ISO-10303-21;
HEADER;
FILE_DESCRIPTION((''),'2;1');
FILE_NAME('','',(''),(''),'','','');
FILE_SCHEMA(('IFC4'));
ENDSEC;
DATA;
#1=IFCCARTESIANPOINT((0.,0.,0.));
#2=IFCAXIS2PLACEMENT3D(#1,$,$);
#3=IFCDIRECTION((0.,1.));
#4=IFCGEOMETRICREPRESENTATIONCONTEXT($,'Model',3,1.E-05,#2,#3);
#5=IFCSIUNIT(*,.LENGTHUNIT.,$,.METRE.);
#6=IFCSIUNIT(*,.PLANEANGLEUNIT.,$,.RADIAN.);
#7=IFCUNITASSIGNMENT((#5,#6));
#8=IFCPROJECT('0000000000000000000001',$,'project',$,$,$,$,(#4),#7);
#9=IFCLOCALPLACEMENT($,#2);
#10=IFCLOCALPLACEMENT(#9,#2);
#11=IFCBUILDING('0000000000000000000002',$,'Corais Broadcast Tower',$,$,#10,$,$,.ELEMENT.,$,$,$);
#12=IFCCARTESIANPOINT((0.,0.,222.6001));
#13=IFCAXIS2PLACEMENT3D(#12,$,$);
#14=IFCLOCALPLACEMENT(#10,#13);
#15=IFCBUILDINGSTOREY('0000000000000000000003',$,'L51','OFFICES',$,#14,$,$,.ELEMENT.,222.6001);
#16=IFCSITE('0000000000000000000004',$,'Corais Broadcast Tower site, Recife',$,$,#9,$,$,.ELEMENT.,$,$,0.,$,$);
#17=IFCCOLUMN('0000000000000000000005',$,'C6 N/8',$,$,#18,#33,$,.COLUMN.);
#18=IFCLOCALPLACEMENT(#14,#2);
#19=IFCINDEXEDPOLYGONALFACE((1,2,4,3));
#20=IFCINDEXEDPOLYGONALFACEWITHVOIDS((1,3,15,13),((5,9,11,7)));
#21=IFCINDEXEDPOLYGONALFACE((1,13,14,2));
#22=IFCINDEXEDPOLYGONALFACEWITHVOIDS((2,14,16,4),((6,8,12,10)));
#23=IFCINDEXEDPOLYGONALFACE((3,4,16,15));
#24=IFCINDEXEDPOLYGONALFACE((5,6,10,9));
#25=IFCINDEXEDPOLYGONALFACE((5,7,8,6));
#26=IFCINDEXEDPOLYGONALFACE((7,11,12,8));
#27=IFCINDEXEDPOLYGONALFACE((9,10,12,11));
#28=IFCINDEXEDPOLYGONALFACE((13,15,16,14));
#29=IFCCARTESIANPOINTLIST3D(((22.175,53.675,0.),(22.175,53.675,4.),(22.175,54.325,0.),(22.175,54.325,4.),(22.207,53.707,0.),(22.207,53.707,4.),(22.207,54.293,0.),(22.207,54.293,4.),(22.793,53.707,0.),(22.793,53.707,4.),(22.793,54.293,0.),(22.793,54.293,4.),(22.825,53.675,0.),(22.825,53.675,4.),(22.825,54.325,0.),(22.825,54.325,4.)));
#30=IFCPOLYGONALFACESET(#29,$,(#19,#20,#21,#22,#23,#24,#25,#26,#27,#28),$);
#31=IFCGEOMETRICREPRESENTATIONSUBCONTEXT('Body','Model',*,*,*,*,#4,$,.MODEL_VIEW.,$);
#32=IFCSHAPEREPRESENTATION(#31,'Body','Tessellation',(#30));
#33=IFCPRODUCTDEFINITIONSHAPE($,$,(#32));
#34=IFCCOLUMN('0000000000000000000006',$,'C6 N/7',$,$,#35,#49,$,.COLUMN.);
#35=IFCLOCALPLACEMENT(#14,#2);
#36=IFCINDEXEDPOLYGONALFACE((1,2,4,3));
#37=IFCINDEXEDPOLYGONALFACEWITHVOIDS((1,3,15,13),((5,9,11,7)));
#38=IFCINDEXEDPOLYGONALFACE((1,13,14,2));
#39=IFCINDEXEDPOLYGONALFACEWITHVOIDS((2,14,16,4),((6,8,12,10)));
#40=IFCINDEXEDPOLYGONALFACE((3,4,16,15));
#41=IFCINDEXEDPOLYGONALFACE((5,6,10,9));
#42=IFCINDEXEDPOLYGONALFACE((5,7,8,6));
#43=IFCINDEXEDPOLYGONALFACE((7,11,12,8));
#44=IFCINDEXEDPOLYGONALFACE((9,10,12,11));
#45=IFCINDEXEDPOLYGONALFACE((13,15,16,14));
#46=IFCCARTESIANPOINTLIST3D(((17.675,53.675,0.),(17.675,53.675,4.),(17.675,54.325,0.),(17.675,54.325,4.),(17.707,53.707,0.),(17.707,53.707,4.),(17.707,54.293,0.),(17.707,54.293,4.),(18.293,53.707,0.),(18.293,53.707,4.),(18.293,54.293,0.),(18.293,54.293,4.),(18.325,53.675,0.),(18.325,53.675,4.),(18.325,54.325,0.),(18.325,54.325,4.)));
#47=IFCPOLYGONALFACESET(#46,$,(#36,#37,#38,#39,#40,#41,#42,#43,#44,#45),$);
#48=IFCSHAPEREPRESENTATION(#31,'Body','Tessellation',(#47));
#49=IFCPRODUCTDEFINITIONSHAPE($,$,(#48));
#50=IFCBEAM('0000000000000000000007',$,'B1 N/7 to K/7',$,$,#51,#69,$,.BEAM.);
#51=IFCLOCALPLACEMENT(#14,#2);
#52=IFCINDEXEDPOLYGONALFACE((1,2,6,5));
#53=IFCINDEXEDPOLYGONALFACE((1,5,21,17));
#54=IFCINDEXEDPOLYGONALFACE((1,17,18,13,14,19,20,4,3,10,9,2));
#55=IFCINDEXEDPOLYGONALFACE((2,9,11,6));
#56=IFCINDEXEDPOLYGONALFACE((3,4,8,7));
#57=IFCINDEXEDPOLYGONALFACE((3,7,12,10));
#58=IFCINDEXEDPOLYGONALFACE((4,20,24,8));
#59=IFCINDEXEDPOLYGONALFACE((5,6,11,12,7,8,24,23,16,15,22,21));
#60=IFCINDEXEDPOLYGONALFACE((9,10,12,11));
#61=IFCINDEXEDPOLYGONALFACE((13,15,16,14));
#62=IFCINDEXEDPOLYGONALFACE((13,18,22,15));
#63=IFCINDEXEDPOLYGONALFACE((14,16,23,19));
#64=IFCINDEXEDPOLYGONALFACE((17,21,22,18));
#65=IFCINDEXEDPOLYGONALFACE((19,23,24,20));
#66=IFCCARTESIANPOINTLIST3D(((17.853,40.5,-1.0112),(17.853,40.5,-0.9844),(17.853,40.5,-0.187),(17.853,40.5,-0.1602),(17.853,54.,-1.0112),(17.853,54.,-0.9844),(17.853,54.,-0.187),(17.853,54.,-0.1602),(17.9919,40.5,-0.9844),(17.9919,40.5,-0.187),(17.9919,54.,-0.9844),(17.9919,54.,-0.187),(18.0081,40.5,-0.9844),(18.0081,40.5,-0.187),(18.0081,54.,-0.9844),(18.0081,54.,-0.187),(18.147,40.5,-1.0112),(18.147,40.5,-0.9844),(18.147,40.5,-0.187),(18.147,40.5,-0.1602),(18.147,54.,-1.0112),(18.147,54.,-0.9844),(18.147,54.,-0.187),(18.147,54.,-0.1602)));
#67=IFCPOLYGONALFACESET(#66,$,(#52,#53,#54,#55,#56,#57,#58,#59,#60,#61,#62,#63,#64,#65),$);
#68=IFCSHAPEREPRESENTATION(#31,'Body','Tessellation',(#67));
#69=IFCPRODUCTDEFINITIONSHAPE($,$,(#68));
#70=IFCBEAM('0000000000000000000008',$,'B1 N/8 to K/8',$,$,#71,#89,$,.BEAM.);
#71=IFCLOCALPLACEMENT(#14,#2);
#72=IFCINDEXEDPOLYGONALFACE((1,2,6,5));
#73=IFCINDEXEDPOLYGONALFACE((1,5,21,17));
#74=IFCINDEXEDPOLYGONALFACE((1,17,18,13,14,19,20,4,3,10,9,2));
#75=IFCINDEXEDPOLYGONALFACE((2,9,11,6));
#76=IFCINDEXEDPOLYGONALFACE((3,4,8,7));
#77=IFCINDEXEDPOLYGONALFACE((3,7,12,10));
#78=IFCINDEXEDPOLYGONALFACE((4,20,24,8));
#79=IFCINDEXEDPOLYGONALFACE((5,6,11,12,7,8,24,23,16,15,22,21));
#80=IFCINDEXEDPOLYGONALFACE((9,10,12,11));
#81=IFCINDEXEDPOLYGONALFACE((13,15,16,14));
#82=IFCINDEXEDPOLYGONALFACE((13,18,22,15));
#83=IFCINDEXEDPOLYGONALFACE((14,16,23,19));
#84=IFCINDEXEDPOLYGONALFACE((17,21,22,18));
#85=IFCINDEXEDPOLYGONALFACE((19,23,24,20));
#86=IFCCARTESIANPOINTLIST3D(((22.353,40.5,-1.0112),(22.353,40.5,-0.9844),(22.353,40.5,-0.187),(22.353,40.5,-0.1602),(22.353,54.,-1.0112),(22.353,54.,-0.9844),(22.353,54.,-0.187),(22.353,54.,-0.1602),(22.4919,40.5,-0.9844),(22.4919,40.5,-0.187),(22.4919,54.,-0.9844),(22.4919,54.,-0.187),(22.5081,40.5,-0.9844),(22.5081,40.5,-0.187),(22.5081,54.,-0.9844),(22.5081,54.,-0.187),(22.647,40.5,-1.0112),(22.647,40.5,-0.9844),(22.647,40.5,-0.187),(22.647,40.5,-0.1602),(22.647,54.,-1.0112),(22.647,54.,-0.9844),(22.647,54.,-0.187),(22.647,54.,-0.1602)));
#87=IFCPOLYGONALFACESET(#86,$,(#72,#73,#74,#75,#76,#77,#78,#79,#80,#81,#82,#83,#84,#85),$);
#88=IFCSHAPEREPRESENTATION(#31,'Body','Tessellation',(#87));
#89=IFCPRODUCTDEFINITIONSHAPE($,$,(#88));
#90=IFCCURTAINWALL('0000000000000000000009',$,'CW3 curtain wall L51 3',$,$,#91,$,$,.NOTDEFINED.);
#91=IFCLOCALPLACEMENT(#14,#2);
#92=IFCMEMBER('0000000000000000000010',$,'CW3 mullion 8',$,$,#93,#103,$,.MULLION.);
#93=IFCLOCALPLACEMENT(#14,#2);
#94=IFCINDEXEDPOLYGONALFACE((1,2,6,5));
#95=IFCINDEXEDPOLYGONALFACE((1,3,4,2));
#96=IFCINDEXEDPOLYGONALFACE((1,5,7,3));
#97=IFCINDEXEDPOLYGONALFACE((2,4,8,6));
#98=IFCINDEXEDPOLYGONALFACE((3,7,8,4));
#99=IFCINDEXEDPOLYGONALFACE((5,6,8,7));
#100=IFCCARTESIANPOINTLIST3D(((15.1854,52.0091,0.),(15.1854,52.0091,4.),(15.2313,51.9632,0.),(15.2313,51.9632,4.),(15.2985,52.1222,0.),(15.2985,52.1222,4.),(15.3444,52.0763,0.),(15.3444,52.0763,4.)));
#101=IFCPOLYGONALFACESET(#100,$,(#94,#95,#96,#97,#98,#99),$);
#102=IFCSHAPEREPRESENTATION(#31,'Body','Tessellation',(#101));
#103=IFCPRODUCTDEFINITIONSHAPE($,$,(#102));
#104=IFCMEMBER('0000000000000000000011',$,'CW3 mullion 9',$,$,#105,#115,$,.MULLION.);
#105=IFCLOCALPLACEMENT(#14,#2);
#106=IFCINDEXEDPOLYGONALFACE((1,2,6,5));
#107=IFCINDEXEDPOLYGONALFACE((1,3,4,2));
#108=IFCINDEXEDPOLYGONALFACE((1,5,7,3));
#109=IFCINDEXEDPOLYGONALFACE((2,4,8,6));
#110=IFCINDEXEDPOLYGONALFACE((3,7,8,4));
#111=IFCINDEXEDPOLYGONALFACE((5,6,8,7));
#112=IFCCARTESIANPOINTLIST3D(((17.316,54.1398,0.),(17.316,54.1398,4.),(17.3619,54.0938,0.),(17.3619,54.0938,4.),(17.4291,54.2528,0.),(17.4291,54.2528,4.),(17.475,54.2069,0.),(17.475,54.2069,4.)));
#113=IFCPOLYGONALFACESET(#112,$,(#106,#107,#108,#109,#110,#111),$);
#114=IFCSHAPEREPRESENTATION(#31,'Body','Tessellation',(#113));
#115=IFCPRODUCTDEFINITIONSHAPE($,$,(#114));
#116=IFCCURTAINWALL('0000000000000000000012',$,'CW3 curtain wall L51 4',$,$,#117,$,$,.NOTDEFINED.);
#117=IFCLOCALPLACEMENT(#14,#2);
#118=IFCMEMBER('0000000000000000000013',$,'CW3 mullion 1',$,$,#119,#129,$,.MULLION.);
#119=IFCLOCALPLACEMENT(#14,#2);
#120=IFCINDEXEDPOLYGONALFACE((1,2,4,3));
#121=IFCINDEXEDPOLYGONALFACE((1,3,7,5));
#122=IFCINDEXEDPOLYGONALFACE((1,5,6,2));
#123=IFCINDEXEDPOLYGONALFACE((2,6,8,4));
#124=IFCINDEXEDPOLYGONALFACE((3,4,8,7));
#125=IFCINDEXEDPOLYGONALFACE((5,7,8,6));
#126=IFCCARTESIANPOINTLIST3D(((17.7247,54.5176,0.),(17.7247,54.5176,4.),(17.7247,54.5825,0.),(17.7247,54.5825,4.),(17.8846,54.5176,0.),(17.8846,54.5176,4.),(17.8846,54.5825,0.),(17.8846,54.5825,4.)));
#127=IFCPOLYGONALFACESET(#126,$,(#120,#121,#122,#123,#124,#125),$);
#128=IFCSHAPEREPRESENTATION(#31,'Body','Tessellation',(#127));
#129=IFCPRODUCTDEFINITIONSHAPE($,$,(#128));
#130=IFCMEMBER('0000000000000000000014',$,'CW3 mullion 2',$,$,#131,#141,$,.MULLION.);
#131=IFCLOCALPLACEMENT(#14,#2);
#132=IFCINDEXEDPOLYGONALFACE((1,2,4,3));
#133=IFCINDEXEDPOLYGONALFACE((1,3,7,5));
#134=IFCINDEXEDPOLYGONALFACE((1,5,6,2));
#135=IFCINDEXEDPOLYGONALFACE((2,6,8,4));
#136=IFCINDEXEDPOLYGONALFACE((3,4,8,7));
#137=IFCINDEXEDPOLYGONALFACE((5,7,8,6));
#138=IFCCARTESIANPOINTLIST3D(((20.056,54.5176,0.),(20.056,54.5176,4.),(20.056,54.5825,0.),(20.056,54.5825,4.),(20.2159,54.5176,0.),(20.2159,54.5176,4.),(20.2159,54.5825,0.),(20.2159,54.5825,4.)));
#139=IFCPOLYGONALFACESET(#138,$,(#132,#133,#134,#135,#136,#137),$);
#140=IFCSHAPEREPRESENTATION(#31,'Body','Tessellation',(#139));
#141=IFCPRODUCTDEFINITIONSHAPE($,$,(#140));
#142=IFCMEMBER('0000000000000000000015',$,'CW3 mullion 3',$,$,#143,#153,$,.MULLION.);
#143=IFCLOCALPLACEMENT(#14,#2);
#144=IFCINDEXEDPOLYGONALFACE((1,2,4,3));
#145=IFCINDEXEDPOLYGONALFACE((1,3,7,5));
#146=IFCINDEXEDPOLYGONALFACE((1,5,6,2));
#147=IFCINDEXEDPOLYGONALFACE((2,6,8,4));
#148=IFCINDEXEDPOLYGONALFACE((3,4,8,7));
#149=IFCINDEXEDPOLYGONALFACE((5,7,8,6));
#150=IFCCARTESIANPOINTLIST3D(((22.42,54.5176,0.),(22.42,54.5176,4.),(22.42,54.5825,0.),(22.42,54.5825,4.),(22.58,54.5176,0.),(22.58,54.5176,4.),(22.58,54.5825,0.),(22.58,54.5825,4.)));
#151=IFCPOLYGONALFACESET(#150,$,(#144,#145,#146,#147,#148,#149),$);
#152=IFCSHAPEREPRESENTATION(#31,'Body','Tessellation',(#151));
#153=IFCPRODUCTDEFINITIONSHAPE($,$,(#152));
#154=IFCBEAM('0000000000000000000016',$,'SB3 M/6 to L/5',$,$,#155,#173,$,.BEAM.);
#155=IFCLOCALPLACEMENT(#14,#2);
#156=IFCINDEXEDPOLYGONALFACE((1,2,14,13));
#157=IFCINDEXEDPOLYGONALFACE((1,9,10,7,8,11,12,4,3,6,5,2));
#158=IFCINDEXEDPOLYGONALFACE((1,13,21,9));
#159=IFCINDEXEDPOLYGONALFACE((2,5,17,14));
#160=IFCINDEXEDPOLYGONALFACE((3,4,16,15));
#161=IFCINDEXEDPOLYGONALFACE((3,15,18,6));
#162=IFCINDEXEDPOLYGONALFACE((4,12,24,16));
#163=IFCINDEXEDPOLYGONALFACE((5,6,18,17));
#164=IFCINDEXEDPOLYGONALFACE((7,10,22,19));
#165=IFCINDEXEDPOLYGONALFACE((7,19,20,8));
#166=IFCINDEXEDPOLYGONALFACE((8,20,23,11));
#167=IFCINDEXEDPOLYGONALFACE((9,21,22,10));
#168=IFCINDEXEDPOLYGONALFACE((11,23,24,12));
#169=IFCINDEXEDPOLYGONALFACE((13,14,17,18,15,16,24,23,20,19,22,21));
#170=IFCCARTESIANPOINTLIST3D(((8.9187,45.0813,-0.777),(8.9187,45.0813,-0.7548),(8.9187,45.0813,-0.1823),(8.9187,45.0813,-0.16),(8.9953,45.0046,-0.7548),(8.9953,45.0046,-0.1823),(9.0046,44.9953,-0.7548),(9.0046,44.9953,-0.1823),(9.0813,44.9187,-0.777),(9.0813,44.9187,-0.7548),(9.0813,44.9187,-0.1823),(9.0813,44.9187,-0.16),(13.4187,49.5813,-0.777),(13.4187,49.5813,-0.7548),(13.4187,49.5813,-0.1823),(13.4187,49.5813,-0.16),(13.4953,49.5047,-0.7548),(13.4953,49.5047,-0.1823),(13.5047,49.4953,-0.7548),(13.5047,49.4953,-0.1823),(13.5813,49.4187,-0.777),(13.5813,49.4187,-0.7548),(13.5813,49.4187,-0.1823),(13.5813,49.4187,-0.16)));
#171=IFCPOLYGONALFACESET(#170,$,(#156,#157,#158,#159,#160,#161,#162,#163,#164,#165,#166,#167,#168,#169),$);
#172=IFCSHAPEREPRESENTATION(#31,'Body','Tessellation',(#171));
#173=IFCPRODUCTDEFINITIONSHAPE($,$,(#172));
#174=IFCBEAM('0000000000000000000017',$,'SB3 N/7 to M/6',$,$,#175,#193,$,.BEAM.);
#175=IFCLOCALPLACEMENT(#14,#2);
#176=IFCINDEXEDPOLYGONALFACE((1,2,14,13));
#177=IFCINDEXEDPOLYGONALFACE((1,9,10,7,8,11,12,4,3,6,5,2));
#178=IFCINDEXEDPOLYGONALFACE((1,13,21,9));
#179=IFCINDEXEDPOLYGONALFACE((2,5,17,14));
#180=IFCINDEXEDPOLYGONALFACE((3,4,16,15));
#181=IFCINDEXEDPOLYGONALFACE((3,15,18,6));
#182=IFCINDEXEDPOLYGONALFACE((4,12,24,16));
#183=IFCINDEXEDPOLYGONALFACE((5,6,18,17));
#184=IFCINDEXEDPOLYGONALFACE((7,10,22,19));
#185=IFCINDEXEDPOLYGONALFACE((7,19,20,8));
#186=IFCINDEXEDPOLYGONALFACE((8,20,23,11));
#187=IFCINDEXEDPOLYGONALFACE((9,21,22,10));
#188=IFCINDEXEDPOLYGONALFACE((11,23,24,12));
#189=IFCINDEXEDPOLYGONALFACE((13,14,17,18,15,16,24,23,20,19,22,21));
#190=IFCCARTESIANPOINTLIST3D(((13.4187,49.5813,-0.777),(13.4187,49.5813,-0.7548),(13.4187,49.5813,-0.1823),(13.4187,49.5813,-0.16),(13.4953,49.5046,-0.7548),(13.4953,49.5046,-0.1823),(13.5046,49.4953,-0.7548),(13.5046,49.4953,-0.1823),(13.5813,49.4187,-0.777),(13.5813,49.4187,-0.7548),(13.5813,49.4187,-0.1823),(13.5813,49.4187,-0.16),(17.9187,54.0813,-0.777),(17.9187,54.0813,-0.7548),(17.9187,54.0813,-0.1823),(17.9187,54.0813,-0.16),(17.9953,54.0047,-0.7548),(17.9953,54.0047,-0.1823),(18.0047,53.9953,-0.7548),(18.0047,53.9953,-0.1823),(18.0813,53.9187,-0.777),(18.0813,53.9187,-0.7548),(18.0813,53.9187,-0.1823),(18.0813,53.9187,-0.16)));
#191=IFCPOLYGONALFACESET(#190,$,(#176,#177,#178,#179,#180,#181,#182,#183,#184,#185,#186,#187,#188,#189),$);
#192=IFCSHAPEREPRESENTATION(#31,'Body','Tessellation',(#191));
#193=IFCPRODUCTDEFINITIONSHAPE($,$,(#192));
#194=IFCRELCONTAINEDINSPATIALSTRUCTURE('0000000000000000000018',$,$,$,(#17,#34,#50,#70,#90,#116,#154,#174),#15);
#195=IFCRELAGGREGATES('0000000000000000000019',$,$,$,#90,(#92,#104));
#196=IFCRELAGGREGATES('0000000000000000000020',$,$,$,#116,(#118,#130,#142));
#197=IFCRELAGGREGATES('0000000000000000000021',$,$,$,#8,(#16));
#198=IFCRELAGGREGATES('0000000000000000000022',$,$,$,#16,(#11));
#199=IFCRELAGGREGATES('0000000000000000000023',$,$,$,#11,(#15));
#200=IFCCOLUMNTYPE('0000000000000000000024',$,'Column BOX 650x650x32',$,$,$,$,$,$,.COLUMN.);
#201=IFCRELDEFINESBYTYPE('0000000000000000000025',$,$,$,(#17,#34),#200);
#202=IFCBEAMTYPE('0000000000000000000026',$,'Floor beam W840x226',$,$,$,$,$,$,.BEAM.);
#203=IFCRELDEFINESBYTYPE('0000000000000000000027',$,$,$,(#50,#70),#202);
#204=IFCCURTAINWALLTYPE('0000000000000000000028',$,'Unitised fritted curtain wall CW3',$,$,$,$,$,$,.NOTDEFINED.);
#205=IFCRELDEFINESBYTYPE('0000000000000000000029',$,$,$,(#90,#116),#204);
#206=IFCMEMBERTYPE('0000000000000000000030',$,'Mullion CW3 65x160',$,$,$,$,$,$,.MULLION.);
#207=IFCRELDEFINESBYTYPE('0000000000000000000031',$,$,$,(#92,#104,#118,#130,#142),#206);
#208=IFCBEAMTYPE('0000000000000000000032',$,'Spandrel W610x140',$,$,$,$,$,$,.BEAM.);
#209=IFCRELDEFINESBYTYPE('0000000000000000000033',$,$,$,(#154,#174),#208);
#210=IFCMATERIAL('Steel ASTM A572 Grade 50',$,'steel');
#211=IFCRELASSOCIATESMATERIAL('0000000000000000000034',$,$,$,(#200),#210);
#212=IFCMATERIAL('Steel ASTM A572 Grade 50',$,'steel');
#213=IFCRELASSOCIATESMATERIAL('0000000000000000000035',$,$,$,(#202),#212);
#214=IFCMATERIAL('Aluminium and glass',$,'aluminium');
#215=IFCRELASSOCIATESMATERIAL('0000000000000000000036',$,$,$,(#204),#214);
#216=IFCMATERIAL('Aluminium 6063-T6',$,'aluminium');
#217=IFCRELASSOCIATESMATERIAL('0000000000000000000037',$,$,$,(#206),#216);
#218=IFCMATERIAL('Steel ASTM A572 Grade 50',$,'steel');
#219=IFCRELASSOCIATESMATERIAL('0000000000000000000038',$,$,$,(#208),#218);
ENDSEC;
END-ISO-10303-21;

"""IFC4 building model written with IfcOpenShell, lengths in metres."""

from ifc_helpers import new_model, si_unit, direction, frame, origin, origin_2d, place, context, subcontext, project, spatial, rectangle, hollow_rectangle, i_section, extrude, material, material_profile, profile_set, type_object, element, aggregate, save


model = new_model("IFC4")

# Units and contexts
model_context = context("Model", 3, precision=1e-05, world=origin(), true_north=direction((0.0, 1.0)))
body_context = subcontext(model_context, "Body", "Model", "MODEL_VIEW")
ifc_project = project(units=[si_unit("LENGTHUNIT", "METRE"), si_unit("PLANEANGLEUNIT", "RADIAN")], contexts=[model_context])

# Site, building, storey
site_placement = place(None, origin())
site = spatial("IfcSite", under=ifc_project, at=site_placement, Name="Corais Broadcast Tower site, Recife", CompositionType="ELEMENT", RefElevation=0.0)
building_placement = place(site_placement, origin())
building = spatial("IfcBuilding", under=site, at=building_placement, Name="Corais Broadcast Tower", CompositionType="ELEMENT")
storey_placement = place(building_placement, frame((0.0, 0.0, 222.6001)))
storey = spatial("IfcBuildingStorey", under=building, at=storey_placement, Name="L51", Description="OFFICES", CompositionType="ELEMENT", Elevation=222.6001)

# Columns
ifc_material_1 = material(Name="Steel ASTM A572 Grade 50", Category="steel")
ifc_material_profile_1 = material_profile(ifc_material_1, hollow_rectangle(XDim=0.6499, YDim=0.6499, WallThickness=0.032, at=origin_2d()), Name="BOX 650x650x32")
ifc_profile_set_1 = profile_set([ifc_material_profile_1], Name="Steel ASTM A572 Grade 50")
column_type = type_object("IfcColumnType", Name="Column BOX 650x650x32", PredefinedType="COLUMN", material=ifc_profile_set_1)
for number, where, z_axis, x_axis, name in (
    (1, (22.5, 54.0, 0.0), (0.0, 0.0, 1.0), (1.0, 0.0, 0.0), "C6 N/8"),
    (2, (18.0, 54.0, 0.0), (0.0, 0.0, 1.0), (1.0, 0.0, 0.0), "C6 N/7"),
):
    element("IfcColumn", number, at=place(storey_placement, frame(where, z_axis=z_axis, x_axis=x_axis)), inside=storey, type_object=column_type, Name=name, PredefinedType="COLUMN", context=body_context, shape_type="SweptSolid", body=[
        extrude(hollow_rectangle(XDim=0.6499, YDim=0.6499, WallThickness=0.032, at=origin_2d()), origin(), (0.0, 0.0, 1.0), 4.0),
    ])

# Beams
ifc_material_2 = material(Name="Steel ASTM A572 Grade 50", Category="steel")
ifc_material_profile_2 = material_profile(ifc_material_2, i_section(OverallWidth=0.2939, OverallDepth=0.8511, WebThickness=0.0161, FlangeThickness=0.0269, at=origin_2d()), Name="W840x226")
ifc_profile_set_2 = profile_set([ifc_material_profile_2], Name="Steel ASTM A572 Grade 50")
beam_type_1 = type_object("IfcBeamType", Name="Floor beam W840x226", PredefinedType="BEAM", material=ifc_profile_set_2)
for number, where, z_axis, x_axis, name in (
    (3, (18.0, 54.0, -0.5857), (0.0, -1.0, 0.0), (1.0, 0.0, 0.0), "B1 N/7 to K/7"),
    (4, (22.5, 54.0, -0.5857), (0.0, -1.0, 0.0), (1.0, 0.0, 0.0), "B1 N/8 to K/8"),
):
    element("IfcBeam", number, at=place(storey_placement, frame(where, z_axis=z_axis, x_axis=x_axis)), inside=storey, type_object=beam_type_1, Name=name, PredefinedType="BEAM", context=body_context, shape_type="SweptSolid", body=[
        extrude(i_section(OverallWidth=0.2939, OverallDepth=0.8511, WebThickness=0.0161, FlangeThickness=0.0269, at=origin_2d()), origin(), (0.0, 0.0, 1.0), 13.5),
    ])

# Curtain walls, members
ifc_material_3 = material(Name="Aluminium and glass", Category="aluminium")
curtain_wall_type = type_object("IfcCurtainWallType", Name="Unitised fritted curtain wall CW3", PredefinedType="NOTDEFINED", material=ifc_material_3)
curtain_wall_1_placement = place(storey_placement, origin())
curtain_wall_1 = element("IfcCurtainWall", 5, at=curtain_wall_1_placement, inside=storey, type_object=curtain_wall_type, Name="CW3 curtain wall L51 3", PredefinedType="NOTDEFINED")
ifc_material_4 = material(Name="Aluminium 6063-T6", Category="aluminium")
ifc_material_profile_3 = material_profile(ifc_material_4, rectangle(XDim=0.0649, YDim=0.1599, at=origin_2d()), Name="Mullion CW3 65x160")
ifc_profile_set_3 = profile_set([ifc_material_profile_3], Name="Aluminium 6063-T6")
member_type_1 = type_object("IfcMemberType", Name="Mullion CW3 65x160", PredefinedType="MULLION", material=ifc_profile_set_3)
member_1_placement = place(storey_placement, frame((15.2649, 52.0427, 0.0), z_axis=(0.0, 0.0, 1.0), x_axis=(-0.707107, 0.707107, 0.0)))
member_1 = element("IfcMember", 6, at=member_1_placement, type_object=member_type_1, Name="CW3 mullion 8", PredefinedType="MULLION", context=body_context, shape_type="SweptSolid", body=[
    extrude(rectangle(XDim=0.0649, YDim=0.1599, at=origin_2d()), origin(), (0.0, 0.0, 1.0), 4.0),
])
member_2_placement = place(storey_placement, frame((17.3955, 54.1733, 0.0), z_axis=(0.0, 0.0, 1.0), x_axis=(-0.707107, 0.707107, 0.0)))
member_2 = element("IfcMember", 7, at=member_2_placement, type_object=member_type_1, Name="CW3 mullion 9", PredefinedType="MULLION", context=body_context, shape_type="SweptSolid", body=[
    extrude(rectangle(XDim=0.0649, YDim=0.1599, at=origin_2d()), origin(), (0.0, 0.0, 1.0), 4.0),
])
curtain_wall_2_placement = place(storey_placement, origin())
curtain_wall_2 = element("IfcCurtainWall", 8, at=curtain_wall_2_placement, inside=storey, type_object=curtain_wall_type, Name="CW3 curtain wall L51 4", PredefinedType="NOTDEFINED")
member_3_placement = place(storey_placement, frame((17.8047, 54.55, 0.0), z_axis=(0.0, 0.0, 1.0), x_axis=(0.0, 1.0, 0.0)))
member_3 = element("IfcMember", 9, at=member_3_placement, type_object=member_type_1, Name="CW3 mullion 1", PredefinedType="MULLION", context=body_context, shape_type="SweptSolid", body=[
    extrude(rectangle(XDim=0.0649, YDim=0.1599, at=origin_2d()), origin(), (0.0, 0.0, 1.0), 4.0),
])
member_4_placement = place(storey_placement, frame((20.136, 54.55, 0.0), z_axis=(0.0, 0.0, 1.0), x_axis=(0.0, 1.0, 0.0)))
member_4 = element("IfcMember", 10, at=member_4_placement, type_object=member_type_1, Name="CW3 mullion 2", PredefinedType="MULLION", context=body_context, shape_type="SweptSolid", body=[
    extrude(rectangle(XDim=0.0649, YDim=0.1599, at=origin_2d()), origin(), (0.0, 0.0, 1.0), 4.0),
])
member_5_placement = place(storey_placement, frame((22.5, 54.55, 0.0), z_axis=(0.0, 0.0, 1.0), x_axis=(0.0, 1.0, 0.0)))
member_5 = element("IfcMember", 11, at=member_5_placement, type_object=member_type_1, Name="CW3 mullion 3", PredefinedType="MULLION", context=body_context, shape_type="SweptSolid", body=[
    extrude(rectangle(XDim=0.0649, YDim=0.1599, at=origin_2d()), origin(), (0.0, 0.0, 1.0), 4.0),
])

# Beams
ifc_material_5 = material(Name="Steel ASTM A572 Grade 50", Category="steel")
ifc_material_profile_4 = material_profile(ifc_material_5, i_section(OverallWidth=0.23, OverallDepth=0.6169, WebThickness=0.0132, FlangeThickness=0.0222, at=origin_2d()), Name="W610x140")
ifc_profile_set_4 = profile_set([ifc_material_profile_4], Name="Steel ASTM A572 Grade 50")
beam_type_2 = type_object("IfcBeamType", Name="Spandrel W610x140", PredefinedType="BEAM", material=ifc_profile_set_4)
for number, where, z_axis, x_axis, name in (
    (12, (13.5, 49.5, -0.4685), (-0.707107, -0.707107, 0.0), (0.707107, -0.707107, 0.0), "SB3 M/6 to L/5"),
    (13, (18.0, 54.0, -0.4685), (-0.707107, -0.707107, 0.0), (0.707107, -0.707107, 0.0), "SB3 N/7 to M/6"),
):
    element("IfcBeam", number, at=place(storey_placement, frame(where, z_axis=z_axis, x_axis=x_axis)), inside=storey, type_object=beam_type_2, Name=name, PredefinedType="BEAM", context=body_context, shape_type="SweptSolid", body=[
        extrude(i_section(OverallWidth=0.23, OverallDepth=0.6169, WebThickness=0.0132, FlangeThickness=0.0222, at=origin_2d()), origin(), (0.0, 0.0, 1.0), 6.364),
    ])

aggregate(curtain_wall_1, [member_1, member_2])
aggregate(curtain_wall_2, [member_3, member_4, member_5])

save(model, "model.ifc")
